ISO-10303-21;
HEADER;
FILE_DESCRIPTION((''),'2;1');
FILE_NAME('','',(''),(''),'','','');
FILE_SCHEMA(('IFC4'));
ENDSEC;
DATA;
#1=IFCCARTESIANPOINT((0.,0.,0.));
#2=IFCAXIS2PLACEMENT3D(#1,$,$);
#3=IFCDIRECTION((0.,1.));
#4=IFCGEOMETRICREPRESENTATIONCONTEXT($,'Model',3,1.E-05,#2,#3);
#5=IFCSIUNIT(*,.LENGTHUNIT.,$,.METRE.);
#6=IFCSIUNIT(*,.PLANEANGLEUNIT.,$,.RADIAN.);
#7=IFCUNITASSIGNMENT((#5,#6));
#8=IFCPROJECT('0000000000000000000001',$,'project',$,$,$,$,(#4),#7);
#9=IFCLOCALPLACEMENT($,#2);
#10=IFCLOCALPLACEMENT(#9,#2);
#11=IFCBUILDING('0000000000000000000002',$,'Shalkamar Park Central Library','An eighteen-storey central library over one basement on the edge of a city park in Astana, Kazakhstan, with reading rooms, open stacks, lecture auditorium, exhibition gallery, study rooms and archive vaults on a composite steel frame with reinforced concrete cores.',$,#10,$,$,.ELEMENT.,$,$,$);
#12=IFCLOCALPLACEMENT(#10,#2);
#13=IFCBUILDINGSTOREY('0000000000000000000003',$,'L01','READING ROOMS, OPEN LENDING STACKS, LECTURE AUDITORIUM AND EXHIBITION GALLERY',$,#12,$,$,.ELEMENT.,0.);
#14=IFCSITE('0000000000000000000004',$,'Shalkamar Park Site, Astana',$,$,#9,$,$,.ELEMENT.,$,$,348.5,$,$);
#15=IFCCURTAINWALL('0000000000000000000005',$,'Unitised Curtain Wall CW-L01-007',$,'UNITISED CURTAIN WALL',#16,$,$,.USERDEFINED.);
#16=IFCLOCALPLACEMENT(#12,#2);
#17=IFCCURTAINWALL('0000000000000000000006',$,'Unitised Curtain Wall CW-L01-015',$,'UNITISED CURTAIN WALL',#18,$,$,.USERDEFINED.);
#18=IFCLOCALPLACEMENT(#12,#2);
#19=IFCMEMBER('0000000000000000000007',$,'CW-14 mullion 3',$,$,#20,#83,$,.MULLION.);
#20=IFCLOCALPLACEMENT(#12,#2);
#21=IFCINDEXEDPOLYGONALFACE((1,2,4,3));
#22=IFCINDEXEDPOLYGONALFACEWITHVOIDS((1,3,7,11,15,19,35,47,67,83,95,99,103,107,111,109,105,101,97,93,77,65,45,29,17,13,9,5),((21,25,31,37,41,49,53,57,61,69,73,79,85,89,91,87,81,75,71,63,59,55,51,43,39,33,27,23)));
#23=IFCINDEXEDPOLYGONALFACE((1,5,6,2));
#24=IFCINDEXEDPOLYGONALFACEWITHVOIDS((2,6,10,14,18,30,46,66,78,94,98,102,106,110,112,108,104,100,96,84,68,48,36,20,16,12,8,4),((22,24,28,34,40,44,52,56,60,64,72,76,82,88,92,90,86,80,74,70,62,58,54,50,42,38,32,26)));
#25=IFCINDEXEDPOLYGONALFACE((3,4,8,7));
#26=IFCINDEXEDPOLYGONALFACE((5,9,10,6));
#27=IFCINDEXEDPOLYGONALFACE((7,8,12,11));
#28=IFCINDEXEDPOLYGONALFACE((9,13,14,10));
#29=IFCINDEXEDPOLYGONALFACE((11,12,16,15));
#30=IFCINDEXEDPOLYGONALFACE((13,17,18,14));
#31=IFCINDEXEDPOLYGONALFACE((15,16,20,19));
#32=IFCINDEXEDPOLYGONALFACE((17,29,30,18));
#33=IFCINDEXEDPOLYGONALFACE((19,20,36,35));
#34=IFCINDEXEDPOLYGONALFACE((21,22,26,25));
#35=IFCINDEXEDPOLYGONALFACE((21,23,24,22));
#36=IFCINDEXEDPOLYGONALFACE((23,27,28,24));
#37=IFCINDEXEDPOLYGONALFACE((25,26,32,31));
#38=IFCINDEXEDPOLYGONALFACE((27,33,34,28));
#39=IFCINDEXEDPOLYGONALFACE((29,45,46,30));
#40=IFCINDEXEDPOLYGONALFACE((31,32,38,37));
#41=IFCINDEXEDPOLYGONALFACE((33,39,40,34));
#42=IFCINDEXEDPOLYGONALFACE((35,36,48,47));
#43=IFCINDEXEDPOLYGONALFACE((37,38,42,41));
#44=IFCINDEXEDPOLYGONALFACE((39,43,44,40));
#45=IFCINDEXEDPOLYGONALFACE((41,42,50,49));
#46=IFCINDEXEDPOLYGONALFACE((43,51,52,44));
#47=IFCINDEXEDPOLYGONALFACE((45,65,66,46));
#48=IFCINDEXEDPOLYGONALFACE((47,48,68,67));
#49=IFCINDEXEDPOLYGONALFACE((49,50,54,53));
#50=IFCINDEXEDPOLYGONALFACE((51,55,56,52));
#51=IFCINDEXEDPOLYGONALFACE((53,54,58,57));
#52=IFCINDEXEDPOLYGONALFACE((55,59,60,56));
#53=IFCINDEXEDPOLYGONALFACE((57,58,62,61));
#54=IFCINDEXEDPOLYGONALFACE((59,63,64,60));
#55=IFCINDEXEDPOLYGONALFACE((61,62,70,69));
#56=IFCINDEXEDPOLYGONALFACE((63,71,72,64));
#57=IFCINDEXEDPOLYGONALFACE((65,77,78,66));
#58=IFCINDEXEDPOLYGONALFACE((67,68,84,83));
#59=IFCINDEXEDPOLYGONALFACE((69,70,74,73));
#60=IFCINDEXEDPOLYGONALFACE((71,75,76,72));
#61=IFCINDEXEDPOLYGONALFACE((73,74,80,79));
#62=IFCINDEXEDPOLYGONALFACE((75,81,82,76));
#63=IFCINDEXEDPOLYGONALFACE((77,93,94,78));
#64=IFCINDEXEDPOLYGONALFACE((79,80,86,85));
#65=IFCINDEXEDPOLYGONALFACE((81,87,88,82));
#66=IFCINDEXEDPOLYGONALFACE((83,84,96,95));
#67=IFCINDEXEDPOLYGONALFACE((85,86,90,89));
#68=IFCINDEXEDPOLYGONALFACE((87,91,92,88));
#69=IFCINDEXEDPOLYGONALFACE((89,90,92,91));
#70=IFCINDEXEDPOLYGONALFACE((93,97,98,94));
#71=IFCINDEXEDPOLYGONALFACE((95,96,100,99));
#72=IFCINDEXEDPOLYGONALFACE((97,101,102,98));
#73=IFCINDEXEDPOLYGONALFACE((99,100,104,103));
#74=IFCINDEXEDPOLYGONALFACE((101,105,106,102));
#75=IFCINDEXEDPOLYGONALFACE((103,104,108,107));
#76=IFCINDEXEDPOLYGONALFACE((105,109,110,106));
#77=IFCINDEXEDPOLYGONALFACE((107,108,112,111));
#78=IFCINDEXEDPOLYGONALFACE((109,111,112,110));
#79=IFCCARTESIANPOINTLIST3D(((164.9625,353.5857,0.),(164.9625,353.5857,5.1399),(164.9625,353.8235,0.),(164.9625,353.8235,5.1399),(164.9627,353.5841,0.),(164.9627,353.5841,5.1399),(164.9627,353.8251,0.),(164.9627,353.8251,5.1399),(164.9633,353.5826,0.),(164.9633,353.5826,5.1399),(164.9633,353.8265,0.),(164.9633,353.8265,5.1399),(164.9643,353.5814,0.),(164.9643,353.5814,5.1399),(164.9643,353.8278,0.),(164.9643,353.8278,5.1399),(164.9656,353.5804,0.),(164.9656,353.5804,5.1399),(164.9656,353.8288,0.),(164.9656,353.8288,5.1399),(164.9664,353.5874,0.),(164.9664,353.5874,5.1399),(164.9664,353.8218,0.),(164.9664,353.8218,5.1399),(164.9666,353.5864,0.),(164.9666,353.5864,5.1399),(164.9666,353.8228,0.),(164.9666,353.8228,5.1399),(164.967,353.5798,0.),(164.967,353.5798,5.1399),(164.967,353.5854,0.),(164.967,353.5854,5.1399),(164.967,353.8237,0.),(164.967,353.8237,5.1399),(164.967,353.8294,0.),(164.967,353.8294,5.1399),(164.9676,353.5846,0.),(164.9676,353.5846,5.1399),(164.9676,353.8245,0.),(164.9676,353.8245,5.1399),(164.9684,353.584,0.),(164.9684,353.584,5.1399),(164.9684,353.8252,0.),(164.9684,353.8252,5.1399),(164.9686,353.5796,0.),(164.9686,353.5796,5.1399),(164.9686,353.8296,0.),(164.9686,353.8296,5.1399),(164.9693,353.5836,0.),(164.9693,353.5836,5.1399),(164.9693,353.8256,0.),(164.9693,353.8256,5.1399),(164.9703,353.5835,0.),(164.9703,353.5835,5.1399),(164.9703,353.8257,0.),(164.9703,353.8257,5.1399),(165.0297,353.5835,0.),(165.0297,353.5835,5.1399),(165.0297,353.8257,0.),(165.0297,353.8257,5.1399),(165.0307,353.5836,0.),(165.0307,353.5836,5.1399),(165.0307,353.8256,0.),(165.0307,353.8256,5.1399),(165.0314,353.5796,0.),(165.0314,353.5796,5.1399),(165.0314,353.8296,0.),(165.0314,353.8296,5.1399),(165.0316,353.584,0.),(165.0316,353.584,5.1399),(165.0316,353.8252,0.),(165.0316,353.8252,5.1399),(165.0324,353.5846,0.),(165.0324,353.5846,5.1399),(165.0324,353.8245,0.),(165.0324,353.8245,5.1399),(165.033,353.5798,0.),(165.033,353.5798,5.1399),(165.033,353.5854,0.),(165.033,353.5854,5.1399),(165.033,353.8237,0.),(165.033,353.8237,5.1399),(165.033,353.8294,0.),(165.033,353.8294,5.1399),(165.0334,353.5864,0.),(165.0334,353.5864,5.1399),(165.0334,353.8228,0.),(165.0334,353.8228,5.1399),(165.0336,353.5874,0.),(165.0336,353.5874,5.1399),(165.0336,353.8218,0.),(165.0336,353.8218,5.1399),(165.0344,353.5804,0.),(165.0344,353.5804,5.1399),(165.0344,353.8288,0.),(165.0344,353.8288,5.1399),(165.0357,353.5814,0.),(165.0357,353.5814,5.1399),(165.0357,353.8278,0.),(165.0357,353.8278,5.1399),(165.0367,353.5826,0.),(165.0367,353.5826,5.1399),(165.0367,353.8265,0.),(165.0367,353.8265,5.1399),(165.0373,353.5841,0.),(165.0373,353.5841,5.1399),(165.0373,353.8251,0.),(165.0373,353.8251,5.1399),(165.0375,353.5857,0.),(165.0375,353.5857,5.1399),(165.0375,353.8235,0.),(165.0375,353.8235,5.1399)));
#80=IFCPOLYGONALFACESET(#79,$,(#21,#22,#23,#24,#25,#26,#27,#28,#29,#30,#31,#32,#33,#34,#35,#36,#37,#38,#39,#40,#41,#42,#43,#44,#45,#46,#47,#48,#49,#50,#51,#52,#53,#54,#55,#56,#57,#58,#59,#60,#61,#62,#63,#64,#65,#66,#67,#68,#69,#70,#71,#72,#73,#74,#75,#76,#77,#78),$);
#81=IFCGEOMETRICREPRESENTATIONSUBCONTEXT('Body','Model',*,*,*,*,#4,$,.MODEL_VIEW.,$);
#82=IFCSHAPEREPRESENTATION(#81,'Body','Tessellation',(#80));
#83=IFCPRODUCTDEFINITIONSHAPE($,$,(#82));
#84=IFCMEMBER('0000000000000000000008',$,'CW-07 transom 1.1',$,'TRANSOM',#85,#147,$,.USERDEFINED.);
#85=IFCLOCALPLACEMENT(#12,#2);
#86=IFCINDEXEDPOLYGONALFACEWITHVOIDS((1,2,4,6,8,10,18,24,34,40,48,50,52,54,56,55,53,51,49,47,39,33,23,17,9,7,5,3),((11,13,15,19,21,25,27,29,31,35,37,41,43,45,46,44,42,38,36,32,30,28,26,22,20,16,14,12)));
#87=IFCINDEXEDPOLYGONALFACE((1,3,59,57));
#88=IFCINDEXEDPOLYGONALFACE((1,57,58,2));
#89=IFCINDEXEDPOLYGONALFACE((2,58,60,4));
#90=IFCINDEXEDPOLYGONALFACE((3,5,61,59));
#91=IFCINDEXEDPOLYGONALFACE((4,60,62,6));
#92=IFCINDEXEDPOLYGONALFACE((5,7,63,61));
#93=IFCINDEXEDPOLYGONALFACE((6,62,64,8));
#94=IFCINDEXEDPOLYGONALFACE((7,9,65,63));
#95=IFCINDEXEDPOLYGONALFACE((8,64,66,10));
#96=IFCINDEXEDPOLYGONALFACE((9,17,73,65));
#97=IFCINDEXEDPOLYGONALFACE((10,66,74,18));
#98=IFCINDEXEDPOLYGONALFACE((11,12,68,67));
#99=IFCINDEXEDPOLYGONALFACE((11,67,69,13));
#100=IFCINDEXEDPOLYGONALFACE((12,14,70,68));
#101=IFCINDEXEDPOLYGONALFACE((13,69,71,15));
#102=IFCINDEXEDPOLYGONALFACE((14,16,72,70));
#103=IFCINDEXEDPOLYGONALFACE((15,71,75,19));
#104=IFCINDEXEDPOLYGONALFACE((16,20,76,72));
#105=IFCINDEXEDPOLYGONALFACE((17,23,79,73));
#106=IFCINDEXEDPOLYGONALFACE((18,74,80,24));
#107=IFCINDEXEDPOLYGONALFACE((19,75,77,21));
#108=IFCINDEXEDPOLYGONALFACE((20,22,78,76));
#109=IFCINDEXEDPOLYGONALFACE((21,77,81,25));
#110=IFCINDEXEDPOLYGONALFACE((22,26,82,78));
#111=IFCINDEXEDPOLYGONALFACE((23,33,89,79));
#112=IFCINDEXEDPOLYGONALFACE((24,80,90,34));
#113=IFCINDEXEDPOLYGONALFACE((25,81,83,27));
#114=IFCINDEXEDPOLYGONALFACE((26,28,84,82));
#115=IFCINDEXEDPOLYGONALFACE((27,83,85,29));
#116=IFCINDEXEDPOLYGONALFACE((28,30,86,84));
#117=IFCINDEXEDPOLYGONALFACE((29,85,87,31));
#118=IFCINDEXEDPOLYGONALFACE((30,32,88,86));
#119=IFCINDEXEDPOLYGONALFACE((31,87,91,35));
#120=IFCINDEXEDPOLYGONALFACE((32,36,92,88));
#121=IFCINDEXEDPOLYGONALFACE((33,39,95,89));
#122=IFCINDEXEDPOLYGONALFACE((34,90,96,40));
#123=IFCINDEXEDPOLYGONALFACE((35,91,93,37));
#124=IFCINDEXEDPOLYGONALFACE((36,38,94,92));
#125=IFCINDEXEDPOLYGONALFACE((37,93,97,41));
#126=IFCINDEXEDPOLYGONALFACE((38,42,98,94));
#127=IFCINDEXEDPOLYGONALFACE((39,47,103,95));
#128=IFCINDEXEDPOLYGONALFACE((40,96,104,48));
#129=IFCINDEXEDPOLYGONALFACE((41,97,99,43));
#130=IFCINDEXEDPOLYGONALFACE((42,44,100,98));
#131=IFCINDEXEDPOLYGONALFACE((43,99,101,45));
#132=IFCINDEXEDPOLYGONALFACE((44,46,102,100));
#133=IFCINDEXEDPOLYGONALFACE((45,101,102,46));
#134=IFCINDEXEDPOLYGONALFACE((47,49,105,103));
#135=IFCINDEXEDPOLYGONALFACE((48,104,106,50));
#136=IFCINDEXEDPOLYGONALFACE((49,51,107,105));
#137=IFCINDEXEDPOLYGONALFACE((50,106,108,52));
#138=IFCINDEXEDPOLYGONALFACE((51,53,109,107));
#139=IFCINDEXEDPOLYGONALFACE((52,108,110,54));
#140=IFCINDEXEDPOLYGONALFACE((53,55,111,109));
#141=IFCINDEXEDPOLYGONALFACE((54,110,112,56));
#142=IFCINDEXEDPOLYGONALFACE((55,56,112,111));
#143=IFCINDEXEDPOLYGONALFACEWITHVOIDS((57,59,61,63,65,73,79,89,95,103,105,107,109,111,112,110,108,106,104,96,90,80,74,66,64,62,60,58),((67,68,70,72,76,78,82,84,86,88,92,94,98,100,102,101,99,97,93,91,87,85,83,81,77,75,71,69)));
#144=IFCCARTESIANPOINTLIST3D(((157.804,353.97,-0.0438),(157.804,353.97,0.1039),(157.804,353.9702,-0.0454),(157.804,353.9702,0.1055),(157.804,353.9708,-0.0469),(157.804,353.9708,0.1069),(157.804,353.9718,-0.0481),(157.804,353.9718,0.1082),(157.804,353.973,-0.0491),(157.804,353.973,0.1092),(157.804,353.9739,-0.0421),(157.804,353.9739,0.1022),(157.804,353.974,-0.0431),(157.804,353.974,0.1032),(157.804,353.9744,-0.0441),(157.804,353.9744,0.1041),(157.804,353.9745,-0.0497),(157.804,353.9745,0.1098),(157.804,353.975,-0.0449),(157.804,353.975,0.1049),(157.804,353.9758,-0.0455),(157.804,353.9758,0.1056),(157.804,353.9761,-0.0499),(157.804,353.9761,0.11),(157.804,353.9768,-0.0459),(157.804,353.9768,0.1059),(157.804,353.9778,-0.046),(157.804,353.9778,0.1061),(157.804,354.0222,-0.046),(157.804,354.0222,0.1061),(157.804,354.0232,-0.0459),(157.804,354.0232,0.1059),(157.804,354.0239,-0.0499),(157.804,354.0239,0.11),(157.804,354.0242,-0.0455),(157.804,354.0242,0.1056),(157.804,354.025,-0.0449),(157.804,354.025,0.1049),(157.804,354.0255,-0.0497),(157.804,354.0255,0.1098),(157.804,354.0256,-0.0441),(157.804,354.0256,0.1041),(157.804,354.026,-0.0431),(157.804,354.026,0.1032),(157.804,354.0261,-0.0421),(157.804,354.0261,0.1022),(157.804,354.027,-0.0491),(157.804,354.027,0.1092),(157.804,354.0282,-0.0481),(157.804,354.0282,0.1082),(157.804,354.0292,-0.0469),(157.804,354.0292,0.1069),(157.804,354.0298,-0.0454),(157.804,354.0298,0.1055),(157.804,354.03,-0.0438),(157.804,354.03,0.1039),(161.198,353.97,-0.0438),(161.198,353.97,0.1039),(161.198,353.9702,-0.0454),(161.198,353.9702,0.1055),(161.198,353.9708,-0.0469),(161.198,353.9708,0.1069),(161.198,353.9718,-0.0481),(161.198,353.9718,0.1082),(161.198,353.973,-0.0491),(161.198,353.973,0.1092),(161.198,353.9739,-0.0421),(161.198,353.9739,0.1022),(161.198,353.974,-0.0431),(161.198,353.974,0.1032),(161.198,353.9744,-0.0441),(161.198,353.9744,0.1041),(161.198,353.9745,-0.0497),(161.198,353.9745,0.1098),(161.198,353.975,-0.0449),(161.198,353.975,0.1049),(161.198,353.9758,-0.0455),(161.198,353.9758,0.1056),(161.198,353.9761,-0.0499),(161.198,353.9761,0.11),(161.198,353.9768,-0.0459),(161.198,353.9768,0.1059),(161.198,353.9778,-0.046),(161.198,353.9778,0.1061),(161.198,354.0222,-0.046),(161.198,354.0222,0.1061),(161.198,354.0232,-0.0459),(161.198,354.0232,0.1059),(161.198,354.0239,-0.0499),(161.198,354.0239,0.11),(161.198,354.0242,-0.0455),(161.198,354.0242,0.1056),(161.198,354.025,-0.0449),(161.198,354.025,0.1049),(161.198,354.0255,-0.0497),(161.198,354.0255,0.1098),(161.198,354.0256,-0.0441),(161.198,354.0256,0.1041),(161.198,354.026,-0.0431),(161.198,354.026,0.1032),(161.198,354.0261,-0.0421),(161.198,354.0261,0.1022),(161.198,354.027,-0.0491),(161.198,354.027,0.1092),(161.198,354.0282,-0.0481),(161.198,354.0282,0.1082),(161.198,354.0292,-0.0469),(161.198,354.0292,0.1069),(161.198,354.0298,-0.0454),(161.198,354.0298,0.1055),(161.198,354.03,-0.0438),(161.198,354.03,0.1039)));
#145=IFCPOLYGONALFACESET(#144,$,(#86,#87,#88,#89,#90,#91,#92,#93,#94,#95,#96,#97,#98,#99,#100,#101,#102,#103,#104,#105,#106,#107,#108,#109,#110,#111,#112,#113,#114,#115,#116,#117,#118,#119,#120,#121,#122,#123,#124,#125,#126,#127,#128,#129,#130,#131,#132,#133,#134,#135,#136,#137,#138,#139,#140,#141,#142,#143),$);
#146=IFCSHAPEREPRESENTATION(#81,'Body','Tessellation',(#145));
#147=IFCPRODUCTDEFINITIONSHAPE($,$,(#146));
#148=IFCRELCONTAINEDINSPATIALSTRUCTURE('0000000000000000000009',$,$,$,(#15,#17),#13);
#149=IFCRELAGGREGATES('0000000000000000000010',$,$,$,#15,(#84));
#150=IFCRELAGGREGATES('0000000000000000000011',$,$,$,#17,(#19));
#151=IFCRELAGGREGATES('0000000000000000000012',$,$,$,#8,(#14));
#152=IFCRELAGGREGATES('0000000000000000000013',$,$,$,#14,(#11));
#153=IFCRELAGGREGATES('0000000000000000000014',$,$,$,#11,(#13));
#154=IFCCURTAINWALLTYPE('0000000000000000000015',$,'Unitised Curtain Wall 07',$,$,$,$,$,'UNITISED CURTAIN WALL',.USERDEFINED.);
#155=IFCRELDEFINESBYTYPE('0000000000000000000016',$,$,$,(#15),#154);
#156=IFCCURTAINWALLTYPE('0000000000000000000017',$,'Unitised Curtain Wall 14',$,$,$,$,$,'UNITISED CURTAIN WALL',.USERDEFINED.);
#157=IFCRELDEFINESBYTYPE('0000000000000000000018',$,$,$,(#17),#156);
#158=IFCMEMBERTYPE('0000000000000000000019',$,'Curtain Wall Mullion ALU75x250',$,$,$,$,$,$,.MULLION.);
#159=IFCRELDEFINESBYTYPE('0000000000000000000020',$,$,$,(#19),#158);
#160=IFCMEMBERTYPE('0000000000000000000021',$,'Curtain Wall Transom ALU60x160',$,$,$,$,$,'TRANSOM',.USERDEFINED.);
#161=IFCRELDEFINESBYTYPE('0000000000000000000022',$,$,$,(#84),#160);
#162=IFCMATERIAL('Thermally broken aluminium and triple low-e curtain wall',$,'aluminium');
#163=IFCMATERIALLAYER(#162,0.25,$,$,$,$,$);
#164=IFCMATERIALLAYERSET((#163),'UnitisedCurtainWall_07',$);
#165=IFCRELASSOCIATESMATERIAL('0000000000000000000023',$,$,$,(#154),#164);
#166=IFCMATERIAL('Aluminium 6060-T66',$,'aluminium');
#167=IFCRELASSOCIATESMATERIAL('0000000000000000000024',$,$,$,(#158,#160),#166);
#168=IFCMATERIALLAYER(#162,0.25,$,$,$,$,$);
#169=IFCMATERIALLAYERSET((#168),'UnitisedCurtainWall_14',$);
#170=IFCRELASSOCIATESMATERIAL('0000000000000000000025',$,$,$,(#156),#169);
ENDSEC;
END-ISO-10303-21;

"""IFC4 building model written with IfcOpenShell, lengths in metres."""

from ifc_helpers import new_model, si_unit, direction, frame, origin, origin_2d, place, context, subcontext, project, spatial, hollow_rectangle, extrude, material, layer, layer_set, material_profile, profile_set, type_object, element, aggregate, save


model = new_model("IFC4")

# Units and contexts
model_context = context("Model", 3, precision=1e-05, world=origin(), true_north=direction((0.0, 1.0)))
body_context = subcontext(model_context, "Body", "Model", "MODEL_VIEW")
ifc_project = project(units=[si_unit("LENGTHUNIT", "METRE"), si_unit("PLANEANGLEUNIT", "RADIAN")], contexts=[model_context])

# Site, building, storey
site_placement = place(None, origin())
site = spatial("IfcSite", under=ifc_project, at=site_placement, Name="Shalkamar Park Site, Astana", CompositionType="ELEMENT", RefElevation=348.5)
building_placement = place(site_placement, origin())
building = spatial("IfcBuilding", under=site, at=building_placement, Name="Shalkamar Park Central Library", Description="An eighteen-storey central library over one basement on the edge of a city park in Astana, Kazakhstan, with reading rooms, open stacks, lecture auditorium, exhibition gallery, study rooms and archive vaults on a composite steel frame with reinforced concrete cores.", CompositionType="ELEMENT")
storey_placement = place(building_placement, origin())
storey = spatial("IfcBuildingStorey", under=building, at=storey_placement, Name="L01", Description="READING ROOMS, OPEN LENDING STACKS, LECTURE AUDITORIUM AND EXHIBITION GALLERY", CompositionType="ELEMENT", Elevation=0.0)

# Curtain walls, member
ifc_material_1 = material(Name="Thermally broken aluminium and triple low-e curtain wall", Category="aluminium")
ifc_layer_1 = layer(ifc_material_1, 0.25)
ifc_layer_set_1 = layer_set([ifc_layer_1], Name="UnitisedCurtainWall_07")
curtain_wall_type_1 = type_object("IfcCurtainWallType", Name="Unitised Curtain Wall 07", ElementType="UNITISED CURTAIN WALL", PredefinedType="USERDEFINED", material=ifc_layer_set_1)
curtain_wall_1_placement = place(storey_placement, origin())
curtain_wall_1 = element("IfcCurtainWall", 1, at=curtain_wall_1_placement, inside=storey, type_object=curtain_wall_type_1, Name="Unitised Curtain Wall CW-L01-007", ObjectType="UNITISED CURTAIN WALL", PredefinedType="USERDEFINED")
ifc_material_2 = material(Name="Aluminium 6060-T66", Category="aluminium")
ifc_material_profile_1 = material_profile(ifc_material_2, hollow_rectangle(XDim=0.075, YDim=0.25, WallThickness=0.0039, InnerFilletRadius=0.0039, OuterFilletRadius=0.0061, at=origin_2d()), Name="ALU 75x250x4")
ifc_profile_set_1 = profile_set([ifc_material_profile_1], Name="Aluminium 6060-T66")
member_type_1 = type_object("IfcMemberType", Name="Curtain Wall Mullion ALU75x250", PredefinedType="MULLION", material=ifc_profile_set_1)
ifc_layer_2 = layer(ifc_material_1, 0.25)
ifc_layer_set_2 = layer_set([ifc_layer_2], Name="UnitisedCurtainWall_14")
curtain_wall_type_2 = type_object("IfcCurtainWallType", Name="Unitised Curtain Wall 14", ElementType="UNITISED CURTAIN WALL", PredefinedType="USERDEFINED", material=ifc_layer_set_2)
curtain_wall_2_placement = place(storey_placement, origin())
curtain_wall_2 = element("IfcCurtainWall", 2, at=curtain_wall_2_placement, inside=storey, type_object=curtain_wall_type_2, Name="Unitised Curtain Wall CW-L01-015", ObjectType="UNITISED CURTAIN WALL", PredefinedType="USERDEFINED")
member_1_placement = place(storey_placement, frame((165.0, 353.7046, 0.0), z_axis=(0.0, 0.0, 1.0), x_axis=(-1.0, 0.0, 0.0)))
member_1 = element("IfcMember", 3, at=member_1_placement, type_object=member_type_1, Name="CW-14 mullion 3", PredefinedType="MULLION", context=body_context, shape_type="SweptSolid", body=[
    extrude(hollow_rectangle(XDim=0.075, YDim=0.25, WallThickness=0.0039, InnerFilletRadius=0.0039, OuterFilletRadius=0.0061, at=origin_2d()), origin(), (0.0, 0.0, 1.0), 5.1399),
])

# Member
ifc_material_profile_2 = material_profile(ifc_material_2, hollow_rectangle(XDim=0.0601, YDim=0.1599, WallThickness=0.0039, InnerFilletRadius=0.0039, OuterFilletRadius=0.0061, at=origin_2d()), Name="ALU 60x160x4")
ifc_profile_set_2 = profile_set([ifc_material_profile_2], Name="Aluminium 6060-T66")
member_type_2 = type_object("IfcMemberType", Name="Curtain Wall Transom ALU60x160", ElementType="TRANSOM", PredefinedType="USERDEFINED", material=ifc_profile_set_2)
member_2_placement = place(storey_placement, frame((157.804, 354.0, 0.03), z_axis=(1.0, 0.0, 0.0), x_axis=(0.0, 1.0, 0.0)))
member_2 = element("IfcMember", 4, at=member_2_placement, type_object=member_type_2, Name="CW-07 transom 1.1", ObjectType="TRANSOM", PredefinedType="USERDEFINED", context=body_context, shape_type="SweptSolid", body=[
    extrude(hollow_rectangle(XDim=0.0601, YDim=0.1599, WallThickness=0.0039, InnerFilletRadius=0.0039, OuterFilletRadius=0.0061, at=origin_2d()), origin(), (0.0, 0.0, 1.0), 3.394),
])

aggregate(curtain_wall_1, [member_2])
aggregate(curtain_wall_2, [member_1])

save(model, "model.ifc")
